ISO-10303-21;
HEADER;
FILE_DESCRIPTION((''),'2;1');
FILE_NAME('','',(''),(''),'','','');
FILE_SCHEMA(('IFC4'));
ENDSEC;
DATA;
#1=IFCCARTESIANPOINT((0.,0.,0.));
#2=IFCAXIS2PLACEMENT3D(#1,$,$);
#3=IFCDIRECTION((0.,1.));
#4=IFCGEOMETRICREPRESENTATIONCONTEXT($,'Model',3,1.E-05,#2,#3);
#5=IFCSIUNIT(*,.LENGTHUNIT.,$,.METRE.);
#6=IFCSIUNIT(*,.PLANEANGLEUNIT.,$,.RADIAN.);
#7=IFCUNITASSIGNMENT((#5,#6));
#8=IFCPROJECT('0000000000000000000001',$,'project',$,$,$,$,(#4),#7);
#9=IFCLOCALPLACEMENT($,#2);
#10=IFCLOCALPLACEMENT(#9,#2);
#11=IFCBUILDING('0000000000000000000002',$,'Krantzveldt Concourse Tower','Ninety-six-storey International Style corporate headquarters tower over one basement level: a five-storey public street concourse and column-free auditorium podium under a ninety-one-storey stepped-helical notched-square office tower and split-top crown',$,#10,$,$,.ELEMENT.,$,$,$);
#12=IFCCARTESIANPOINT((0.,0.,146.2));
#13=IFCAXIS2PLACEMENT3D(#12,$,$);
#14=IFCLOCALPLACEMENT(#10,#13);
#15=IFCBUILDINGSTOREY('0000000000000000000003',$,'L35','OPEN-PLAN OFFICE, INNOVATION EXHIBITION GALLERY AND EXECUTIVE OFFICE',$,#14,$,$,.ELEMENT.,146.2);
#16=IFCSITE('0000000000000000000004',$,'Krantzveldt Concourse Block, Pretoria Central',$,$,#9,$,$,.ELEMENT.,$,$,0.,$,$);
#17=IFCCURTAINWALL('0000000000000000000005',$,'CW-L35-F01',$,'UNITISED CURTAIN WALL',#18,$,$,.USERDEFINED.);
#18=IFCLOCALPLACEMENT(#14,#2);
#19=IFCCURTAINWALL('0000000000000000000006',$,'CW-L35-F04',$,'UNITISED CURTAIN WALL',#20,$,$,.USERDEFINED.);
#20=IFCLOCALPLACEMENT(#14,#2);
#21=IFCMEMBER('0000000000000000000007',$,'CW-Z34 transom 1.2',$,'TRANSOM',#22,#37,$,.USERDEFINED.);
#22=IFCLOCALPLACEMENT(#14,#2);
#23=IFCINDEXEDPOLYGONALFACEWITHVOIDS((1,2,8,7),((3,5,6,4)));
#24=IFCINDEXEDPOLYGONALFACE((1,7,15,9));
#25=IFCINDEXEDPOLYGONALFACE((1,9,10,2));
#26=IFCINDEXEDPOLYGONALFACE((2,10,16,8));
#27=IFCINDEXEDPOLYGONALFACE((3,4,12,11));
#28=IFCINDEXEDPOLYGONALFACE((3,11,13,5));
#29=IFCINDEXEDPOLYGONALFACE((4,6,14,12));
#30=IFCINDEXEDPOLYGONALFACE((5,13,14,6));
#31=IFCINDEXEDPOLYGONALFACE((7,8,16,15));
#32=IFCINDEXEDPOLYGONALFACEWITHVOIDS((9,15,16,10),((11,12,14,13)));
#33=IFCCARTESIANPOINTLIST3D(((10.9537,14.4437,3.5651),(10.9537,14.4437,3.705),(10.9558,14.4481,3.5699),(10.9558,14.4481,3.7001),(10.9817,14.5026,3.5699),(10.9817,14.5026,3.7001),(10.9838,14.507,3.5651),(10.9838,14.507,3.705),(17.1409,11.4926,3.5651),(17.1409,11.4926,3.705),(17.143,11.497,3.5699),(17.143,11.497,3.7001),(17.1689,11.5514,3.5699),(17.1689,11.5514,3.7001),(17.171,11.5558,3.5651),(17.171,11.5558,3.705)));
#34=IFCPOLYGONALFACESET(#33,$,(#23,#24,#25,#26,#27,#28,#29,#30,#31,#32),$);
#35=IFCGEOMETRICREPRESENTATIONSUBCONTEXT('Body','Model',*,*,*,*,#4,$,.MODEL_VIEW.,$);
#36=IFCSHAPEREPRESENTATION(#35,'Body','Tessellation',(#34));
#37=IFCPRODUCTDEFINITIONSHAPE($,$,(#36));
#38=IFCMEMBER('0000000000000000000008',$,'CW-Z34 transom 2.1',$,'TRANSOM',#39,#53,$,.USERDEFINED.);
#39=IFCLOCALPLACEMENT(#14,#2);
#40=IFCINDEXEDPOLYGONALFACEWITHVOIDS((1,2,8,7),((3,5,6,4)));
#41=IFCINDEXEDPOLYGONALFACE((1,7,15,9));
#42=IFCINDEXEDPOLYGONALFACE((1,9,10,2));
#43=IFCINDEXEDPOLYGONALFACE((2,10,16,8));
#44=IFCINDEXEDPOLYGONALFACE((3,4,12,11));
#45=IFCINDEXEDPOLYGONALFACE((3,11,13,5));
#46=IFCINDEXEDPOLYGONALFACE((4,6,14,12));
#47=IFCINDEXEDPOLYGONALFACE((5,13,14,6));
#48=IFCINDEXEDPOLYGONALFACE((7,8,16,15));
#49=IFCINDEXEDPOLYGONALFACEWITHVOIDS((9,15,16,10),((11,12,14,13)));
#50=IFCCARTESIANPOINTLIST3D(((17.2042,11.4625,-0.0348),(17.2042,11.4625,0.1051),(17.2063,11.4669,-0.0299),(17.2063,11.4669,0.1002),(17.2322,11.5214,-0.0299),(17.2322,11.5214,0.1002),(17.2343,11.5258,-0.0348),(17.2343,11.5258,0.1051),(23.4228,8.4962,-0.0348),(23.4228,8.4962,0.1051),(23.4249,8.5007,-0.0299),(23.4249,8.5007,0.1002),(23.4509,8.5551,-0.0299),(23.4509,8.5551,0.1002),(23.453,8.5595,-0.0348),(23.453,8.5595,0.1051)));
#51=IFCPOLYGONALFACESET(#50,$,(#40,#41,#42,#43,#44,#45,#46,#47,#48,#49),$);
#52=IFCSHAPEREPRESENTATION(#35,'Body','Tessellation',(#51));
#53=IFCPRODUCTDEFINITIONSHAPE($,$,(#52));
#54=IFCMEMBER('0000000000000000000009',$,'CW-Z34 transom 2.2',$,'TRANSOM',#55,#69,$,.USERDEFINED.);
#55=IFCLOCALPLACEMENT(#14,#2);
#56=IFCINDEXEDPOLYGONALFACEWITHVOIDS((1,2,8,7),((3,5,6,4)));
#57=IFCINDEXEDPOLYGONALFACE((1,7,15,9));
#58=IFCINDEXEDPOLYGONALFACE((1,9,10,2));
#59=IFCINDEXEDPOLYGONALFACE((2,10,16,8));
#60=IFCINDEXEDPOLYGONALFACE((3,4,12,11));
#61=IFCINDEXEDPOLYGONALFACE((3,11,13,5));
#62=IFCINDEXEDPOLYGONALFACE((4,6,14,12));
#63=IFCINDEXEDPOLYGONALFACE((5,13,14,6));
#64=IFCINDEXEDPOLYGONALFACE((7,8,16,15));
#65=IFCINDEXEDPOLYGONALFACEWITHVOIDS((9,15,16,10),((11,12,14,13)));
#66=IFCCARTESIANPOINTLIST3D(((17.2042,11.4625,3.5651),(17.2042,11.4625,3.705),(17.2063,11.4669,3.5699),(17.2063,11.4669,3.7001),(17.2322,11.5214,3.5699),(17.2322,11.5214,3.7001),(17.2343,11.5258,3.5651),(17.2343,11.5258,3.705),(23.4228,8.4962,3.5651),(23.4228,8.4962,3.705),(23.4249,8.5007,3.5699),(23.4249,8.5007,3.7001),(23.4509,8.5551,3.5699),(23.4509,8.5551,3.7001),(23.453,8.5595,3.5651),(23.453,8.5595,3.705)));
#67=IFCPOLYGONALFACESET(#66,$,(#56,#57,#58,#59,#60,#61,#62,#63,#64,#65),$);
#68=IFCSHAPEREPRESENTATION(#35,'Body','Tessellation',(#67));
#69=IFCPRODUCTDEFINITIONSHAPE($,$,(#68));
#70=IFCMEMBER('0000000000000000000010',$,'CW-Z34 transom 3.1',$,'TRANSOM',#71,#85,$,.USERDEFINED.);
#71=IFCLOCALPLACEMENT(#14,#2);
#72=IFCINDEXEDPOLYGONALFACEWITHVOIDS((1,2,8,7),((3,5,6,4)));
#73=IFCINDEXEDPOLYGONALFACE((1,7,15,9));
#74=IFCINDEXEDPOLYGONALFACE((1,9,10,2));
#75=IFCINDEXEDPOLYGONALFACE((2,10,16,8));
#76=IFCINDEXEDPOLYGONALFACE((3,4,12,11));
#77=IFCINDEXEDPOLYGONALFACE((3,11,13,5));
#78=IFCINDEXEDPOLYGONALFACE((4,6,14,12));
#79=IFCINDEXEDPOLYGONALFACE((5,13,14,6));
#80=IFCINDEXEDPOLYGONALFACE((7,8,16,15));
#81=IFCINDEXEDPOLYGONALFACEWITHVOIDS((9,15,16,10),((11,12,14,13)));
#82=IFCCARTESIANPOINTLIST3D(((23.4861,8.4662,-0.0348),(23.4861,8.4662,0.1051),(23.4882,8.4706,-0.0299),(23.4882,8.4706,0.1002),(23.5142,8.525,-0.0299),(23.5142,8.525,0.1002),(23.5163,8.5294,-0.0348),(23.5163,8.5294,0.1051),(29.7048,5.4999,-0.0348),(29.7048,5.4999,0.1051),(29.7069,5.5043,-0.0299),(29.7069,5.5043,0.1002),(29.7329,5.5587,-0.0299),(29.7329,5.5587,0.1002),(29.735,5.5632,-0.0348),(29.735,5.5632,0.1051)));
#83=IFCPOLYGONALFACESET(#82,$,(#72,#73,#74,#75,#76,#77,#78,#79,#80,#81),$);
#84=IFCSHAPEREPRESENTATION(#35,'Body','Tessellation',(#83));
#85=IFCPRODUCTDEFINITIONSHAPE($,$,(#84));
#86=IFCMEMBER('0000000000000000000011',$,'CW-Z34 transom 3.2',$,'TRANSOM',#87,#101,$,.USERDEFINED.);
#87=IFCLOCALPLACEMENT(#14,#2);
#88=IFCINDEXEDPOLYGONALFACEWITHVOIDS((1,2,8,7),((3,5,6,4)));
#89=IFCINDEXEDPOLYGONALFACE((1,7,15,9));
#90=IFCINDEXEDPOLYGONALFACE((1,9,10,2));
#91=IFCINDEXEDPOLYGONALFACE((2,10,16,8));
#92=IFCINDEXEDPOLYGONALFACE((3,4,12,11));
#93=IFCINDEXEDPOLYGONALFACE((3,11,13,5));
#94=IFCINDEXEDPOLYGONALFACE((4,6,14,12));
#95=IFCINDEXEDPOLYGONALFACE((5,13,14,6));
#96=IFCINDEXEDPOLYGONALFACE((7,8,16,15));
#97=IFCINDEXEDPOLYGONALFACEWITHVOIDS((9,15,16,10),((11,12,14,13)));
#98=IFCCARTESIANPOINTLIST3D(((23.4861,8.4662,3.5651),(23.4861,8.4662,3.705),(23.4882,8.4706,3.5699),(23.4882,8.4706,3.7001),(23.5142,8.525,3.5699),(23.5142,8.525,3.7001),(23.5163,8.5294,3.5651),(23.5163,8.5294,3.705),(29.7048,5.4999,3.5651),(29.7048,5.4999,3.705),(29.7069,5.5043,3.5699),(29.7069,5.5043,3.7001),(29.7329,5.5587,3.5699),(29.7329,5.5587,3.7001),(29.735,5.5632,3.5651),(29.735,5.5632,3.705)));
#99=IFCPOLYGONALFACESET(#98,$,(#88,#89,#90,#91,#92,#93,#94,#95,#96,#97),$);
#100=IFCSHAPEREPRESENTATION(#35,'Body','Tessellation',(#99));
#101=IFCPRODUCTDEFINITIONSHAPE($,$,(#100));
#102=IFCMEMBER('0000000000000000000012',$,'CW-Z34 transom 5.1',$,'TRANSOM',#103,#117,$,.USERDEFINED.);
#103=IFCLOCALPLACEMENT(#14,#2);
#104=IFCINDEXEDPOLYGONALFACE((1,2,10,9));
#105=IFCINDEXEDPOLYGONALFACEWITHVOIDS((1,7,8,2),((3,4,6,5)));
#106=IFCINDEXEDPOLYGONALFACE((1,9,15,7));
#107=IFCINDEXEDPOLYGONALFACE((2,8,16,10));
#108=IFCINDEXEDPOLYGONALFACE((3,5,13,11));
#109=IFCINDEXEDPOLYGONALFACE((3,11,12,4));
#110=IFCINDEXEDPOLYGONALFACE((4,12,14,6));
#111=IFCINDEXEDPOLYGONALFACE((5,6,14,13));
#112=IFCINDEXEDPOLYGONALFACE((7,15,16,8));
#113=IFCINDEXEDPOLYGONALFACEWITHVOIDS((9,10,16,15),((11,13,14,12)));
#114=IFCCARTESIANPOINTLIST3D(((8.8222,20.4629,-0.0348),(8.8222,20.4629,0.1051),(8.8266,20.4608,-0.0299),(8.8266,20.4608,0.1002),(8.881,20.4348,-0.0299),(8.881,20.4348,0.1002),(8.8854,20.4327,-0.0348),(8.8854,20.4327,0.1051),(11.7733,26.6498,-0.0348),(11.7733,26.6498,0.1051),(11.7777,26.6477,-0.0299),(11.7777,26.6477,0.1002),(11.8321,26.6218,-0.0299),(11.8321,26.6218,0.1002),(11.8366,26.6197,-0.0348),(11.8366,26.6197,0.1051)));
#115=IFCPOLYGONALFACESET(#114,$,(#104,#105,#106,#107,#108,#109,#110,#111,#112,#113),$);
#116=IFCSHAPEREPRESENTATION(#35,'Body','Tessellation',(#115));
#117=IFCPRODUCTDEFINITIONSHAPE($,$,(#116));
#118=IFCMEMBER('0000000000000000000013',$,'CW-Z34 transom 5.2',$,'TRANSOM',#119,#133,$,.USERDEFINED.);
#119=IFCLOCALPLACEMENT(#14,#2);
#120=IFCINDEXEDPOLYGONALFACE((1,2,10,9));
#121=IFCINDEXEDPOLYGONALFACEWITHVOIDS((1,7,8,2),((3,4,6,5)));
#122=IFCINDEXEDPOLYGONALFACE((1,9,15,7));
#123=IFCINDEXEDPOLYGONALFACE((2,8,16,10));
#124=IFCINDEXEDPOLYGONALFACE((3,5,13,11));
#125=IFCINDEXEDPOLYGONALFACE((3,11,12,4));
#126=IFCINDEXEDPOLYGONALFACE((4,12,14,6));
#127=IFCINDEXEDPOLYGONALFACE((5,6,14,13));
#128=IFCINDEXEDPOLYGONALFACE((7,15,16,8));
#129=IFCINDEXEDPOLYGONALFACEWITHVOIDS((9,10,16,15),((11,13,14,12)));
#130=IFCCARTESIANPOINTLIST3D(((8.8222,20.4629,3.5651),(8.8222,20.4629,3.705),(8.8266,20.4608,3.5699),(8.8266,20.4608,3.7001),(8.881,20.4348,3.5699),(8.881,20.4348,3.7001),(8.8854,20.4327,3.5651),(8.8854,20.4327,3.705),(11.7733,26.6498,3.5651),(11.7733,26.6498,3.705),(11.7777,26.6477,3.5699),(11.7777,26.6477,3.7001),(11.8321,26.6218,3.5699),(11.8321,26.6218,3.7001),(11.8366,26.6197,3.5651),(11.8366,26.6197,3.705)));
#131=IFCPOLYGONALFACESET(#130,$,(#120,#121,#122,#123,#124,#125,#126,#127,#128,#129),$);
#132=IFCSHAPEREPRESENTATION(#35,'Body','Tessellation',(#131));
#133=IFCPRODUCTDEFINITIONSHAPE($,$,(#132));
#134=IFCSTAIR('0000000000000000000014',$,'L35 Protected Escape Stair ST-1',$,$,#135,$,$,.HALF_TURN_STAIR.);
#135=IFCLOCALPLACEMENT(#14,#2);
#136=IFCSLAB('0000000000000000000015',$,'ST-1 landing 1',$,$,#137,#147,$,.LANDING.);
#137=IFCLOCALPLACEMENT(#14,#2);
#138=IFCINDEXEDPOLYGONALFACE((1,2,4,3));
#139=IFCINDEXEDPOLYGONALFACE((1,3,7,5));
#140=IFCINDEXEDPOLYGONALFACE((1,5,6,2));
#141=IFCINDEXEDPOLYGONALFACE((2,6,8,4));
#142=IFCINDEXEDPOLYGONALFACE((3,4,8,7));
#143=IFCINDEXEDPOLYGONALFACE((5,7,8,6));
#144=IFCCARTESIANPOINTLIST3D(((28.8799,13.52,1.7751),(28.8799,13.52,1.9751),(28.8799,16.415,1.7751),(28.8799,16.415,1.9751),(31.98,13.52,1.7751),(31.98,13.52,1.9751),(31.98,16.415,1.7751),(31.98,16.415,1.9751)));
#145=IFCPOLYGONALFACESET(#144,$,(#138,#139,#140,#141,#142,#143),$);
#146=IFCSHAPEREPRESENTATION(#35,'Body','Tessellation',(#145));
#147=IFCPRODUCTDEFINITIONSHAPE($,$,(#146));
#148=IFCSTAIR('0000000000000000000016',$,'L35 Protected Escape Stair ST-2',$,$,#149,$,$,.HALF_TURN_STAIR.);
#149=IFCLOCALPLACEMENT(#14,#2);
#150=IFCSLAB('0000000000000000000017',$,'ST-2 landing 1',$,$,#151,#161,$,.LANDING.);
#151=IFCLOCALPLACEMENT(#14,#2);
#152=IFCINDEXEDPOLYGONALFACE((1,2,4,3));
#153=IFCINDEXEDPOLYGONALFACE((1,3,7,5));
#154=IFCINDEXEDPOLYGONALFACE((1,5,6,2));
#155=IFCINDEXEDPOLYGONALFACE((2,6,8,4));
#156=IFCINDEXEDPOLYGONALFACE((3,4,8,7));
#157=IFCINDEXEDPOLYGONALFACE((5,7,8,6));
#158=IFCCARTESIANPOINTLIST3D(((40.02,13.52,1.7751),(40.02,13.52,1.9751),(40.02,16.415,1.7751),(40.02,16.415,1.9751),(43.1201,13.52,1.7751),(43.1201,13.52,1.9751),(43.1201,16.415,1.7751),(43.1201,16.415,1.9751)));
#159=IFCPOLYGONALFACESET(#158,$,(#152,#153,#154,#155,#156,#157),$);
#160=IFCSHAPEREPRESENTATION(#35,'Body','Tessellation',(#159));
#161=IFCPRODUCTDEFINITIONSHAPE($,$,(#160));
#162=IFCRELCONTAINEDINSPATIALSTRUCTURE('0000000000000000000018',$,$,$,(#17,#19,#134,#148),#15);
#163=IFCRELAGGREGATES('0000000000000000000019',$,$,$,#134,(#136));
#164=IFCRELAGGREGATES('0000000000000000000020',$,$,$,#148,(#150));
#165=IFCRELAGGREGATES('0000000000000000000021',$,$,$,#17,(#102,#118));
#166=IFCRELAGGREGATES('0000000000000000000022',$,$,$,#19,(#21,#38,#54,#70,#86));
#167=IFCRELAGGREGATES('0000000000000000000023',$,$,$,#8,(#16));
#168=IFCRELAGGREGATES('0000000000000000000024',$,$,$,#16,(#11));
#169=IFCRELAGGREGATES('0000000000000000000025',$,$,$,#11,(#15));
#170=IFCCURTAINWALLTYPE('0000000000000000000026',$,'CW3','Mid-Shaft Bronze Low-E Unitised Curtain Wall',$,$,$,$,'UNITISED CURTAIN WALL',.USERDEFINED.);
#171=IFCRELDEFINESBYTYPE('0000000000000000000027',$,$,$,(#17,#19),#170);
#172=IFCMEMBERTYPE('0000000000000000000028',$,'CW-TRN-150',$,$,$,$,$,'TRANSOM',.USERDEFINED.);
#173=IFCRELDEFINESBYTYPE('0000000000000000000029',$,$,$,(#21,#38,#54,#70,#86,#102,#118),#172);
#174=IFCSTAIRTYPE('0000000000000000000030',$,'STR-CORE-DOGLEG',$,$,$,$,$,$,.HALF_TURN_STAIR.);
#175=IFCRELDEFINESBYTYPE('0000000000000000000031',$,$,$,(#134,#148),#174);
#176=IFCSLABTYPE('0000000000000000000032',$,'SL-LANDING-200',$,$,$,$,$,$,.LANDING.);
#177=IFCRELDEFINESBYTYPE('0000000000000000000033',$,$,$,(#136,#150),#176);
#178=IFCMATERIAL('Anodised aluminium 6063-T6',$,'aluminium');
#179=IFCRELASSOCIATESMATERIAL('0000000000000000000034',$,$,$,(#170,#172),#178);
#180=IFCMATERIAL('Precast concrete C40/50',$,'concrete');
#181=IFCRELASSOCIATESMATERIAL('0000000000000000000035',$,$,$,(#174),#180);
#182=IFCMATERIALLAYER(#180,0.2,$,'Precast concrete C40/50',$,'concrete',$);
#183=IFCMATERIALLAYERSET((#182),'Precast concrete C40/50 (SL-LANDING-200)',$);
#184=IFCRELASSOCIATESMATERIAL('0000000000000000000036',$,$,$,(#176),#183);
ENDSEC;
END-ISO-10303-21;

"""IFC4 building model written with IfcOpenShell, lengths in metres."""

from ifc_helpers import new_model, si_unit, direction, frame, origin, origin_2d, place, context, subcontext, project, spatial, polyline, hollow_rectangle, outline, extrude, source, transform, mapped, material, layer, layer_set, material_profile, profile_set, type_object, type_shapes, element, aggregate, save


model = new_model("IFC4")

# Units and contexts
model_context = context("Model", 3, precision=1e-05, world=origin(), true_north=direction((0.0, 1.0)))
body_context = subcontext(model_context, "Body", "Model", "MODEL_VIEW")
ifc_project = project(units=[si_unit("LENGTHUNIT", "METRE"), si_unit("PLANEANGLEUNIT", "RADIAN")], contexts=[model_context])

# Site, building, storey
site_placement = place(None, origin())
site = spatial("IfcSite", under=ifc_project, at=site_placement, Name="Krantzveldt Concourse Block, Pretoria Central", CompositionType="ELEMENT", RefElevation=0.0)
building_placement = place(site_placement, origin())
building = spatial("IfcBuilding", under=site, at=building_placement, Name="Krantzveldt Concourse Tower", Description="Ninety-six-storey International Style corporate headquarters tower over one basement level: a five-storey public street concourse and column-free auditorium podium under a ninety-one-storey stepped-helical notched-square office tower and split-top crown", CompositionType="ELEMENT")
storey_placement = place(building_placement, frame((0.0, 0.0, 146.2)))
storey = spatial("IfcBuildingStorey", under=building, at=storey_placement, Name="L35", Description="OPEN-PLAN OFFICE, INNOVATION EXHIBITION GALLERY AND EXECUTIVE OFFICE", CompositionType="ELEMENT", Elevation=146.2)

# Curtain wall
ifc_material_1 = material(Name="Anodised aluminium 6063-T6", Category="aluminium")
curtain_wall_type = type_object("IfcCurtainWallType", Name="CW3", Description="Mid-Shaft Bronze Low-E Unitised Curtain Wall", ElementType="UNITISED CURTAIN WALL", PredefinedType="USERDEFINED", material=ifc_material_1)
curtain_wall_1_placement = place(storey_placement, origin())
curtain_wall_1 = element("IfcCurtainWall", 1, at=curtain_wall_1_placement, inside=storey, type_object=curtain_wall_type, Name="CW-L35-F01", ObjectType="UNITISED CURTAIN WALL", PredefinedType="USERDEFINED")

# Curtain wall, members
curtain_wall_2_placement = place(storey_placement, origin())
curtain_wall_2 = element("IfcCurtainWall", 2, at=curtain_wall_2_placement, inside=storey, type_object=curtain_wall_type, Name="CW-L35-F04", ObjectType="UNITISED CURTAIN WALL", PredefinedType="USERDEFINED")
ifc_material_profile_1 = material_profile(ifc_material_1, hollow_rectangle(XDim=0.0701, YDim=0.1399, WallThickness=0.0049, at=origin_2d()), Name="Anodised aluminium 6063-T6", Category="aluminium")
ifc_profile_set_1 = profile_set([ifc_material_profile_1], Name="Anodised aluminium 6063-T6 - ALU-TRAN 140x70x5")
member_type_1 = type_object("IfcMemberType", Name="CW-TRN-150", ElementType="TRANSOM", PredefinedType="USERDEFINED", material=ifc_profile_set_1)
shared_shape_1 = source(origin(), body_context, "Body", "SweptSolid", [
    extrude(hollow_rectangle(XDim=0.0701, YDim=0.1399, WallThickness=0.0049, at=origin_2d()), origin(), (0.0, 0.0, 1.0), 6.855),
])
member_1_placement = place(storey_placement, frame((10.9688, 14.4753, 3.635), z_axis=(0.902585, -0.430511, 0.0), x_axis=(0.430511, 0.902585, 0.0)))
member_1 = element("IfcMember", 3, at=member_1_placement, type_object=member_type_1, Name="CW-Z34 transom 1.2", ObjectType="TRANSOM", PredefinedType="USERDEFINED", context=body_context, shape_type="MappedRepresentation", body=[
    mapped(shared_shape_1, transform((0.0, 0.0, 0.0), x_axis=(1.0, 0.0, 0.0), y_axis=(0.0, 1.0, 0.0), z_axis=(0.0, 0.0, 1.0), scale=1.0)),
])
shared_shape_2 = source(origin(), body_context, "Body", "SweptSolid", [
    extrude(hollow_rectangle(XDim=0.0701, YDim=0.1399, WallThickness=0.0049, at=origin_2d()), origin(), (0.0, 0.0, 1.0), 6.8899),
])
member_2_placement = place(storey_placement, frame((17.2192, 11.4941, 0.0352), z_axis=(0.902579, -0.430525, 0.0), x_axis=(0.430525, 0.902579, 0.0)))
member_2 = element("IfcMember", 4, at=member_2_placement, type_object=member_type_1, Name="CW-Z34 transom 2.1", ObjectType="TRANSOM", PredefinedType="USERDEFINED", context=body_context, shape_type="MappedRepresentation", body=[
    mapped(shared_shape_2, transform((0.0, 0.0, 0.0), x_axis=(1.0, 0.0, 0.0), y_axis=(0.0, 1.0, 0.0), z_axis=(0.0, 0.0, 1.0), scale=1.0)),
])
member_3_placement = place(storey_placement, frame((17.2192, 11.4941, 3.635), z_axis=(0.902579, -0.430525, 0.0), x_axis=(0.430525, 0.902579, 0.0)))
member_3 = element("IfcMember", 5, at=member_3_placement, type_object=member_type_1, Name="CW-Z34 transom 2.2", ObjectType="TRANSOM", PredefinedType="USERDEFINED", context=body_context, shape_type="MappedRepresentation", body=[
    mapped(shared_shape_2, transform((0.0, 0.0, 0.0), x_axis=(1.0, 0.0, 0.0), y_axis=(0.0, 1.0, 0.0), z_axis=(0.0, 0.0, 1.0), scale=1.0)),
])
member_4_placement = place(storey_placement, frame((23.5012, 8.4978, 0.0352), z_axis=(0.902579, -0.430525, 0.0), x_axis=(0.430525, 0.902579, 0.0)))
member_4 = element("IfcMember", 6, at=member_4_placement, type_object=member_type_1, Name="CW-Z34 transom 3.1", ObjectType="TRANSOM", PredefinedType="USERDEFINED", context=body_context, shape_type="MappedRepresentation", body=[
    mapped(shared_shape_2, transform((0.0, 0.0, 0.0), x_axis=(1.0, 0.0, 0.0), y_axis=(0.0, 1.0, 0.0), z_axis=(0.0, 0.0, 1.0), scale=1.0)),
])
member_5_placement = place(storey_placement, frame((23.5012, 8.4978, 3.635), z_axis=(0.902579, -0.430525, 0.0), x_axis=(0.430525, 0.902579, 0.0)))
member_5 = element("IfcMember", 7, at=member_5_placement, type_object=member_type_1, Name="CW-Z34 transom 3.2", ObjectType="TRANSOM", PredefinedType="USERDEFINED", context=body_context, shape_type="MappedRepresentation", body=[
    mapped(shared_shape_2, transform((0.0, 0.0, 0.0), x_axis=(1.0, 0.0, 0.0), y_axis=(0.0, 1.0, 0.0), z_axis=(0.0, 0.0, 1.0), scale=1.0)),
])

# Members
shared_shape_3 = source(origin(), body_context, "Body", "SweptSolid", [
    extrude(hollow_rectangle(XDim=0.0701, YDim=0.1399, WallThickness=0.0049, at=origin_2d()), origin(), (0.0, 0.0, 1.0), 6.8547),
])
type_shapes(member_type_1, [shared_shape_1, shared_shape_2, shared_shape_3])
member_6_placement = place(storey_placement, frame((11.8049, 26.6348, 0.0352), z_axis=(-0.430525, -0.902579, 0.0), x_axis=(0.902579, -0.430525, 0.0)))
member_6 = element("IfcMember", 8, at=member_6_placement, type_object=member_type_1, Name="CW-Z34 transom 5.1", ObjectType="TRANSOM", PredefinedType="USERDEFINED", context=body_context, shape_type="MappedRepresentation", body=[
    mapped(shared_shape_3, transform((0.0, 0.0, 0.0), x_axis=(1.0, 0.0, 0.0), y_axis=(0.0, 1.0, 0.0), z_axis=(0.0, 0.0, 1.0), scale=1.0)),
])
member_7_placement = place(storey_placement, frame((11.8049, 26.6348, 3.635), z_axis=(-0.430525, -0.902579, 0.0), x_axis=(0.902579, -0.430525, 0.0)))
member_7 = element("IfcMember", 9, at=member_7_placement, type_object=member_type_1, Name="CW-Z34 transom 5.2", ObjectType="TRANSOM", PredefinedType="USERDEFINED", context=body_context, shape_type="MappedRepresentation", body=[
    mapped(shared_shape_3, transform((0.0, 0.0, 0.0), x_axis=(1.0, 0.0, 0.0), y_axis=(0.0, 1.0, 0.0), z_axis=(0.0, 0.0, 1.0), scale=1.0)),
])

# Stairs, slabs
ifc_material_2 = material(Name="Precast concrete C40/50", Category="concrete")
stair_type = type_object("IfcStairType", Name="STR-CORE-DOGLEG", PredefinedType="HALF_TURN_STAIR", material=ifc_material_2)
stair_1_placement = place(storey_placement, origin())
stair_1 = element("IfcStair", 10, at=stair_1_placement, inside=storey, type_object=stair_type, Name="L35 Protected Escape Stair ST-1", PredefinedType="HALF_TURN_STAIR")
ifc_layer_1 = layer(ifc_material_2, 0.2, Name="Precast concrete C40/50", Category="concrete")
ifc_layer_set_1 = layer_set([ifc_layer_1], Name="Precast concrete C40/50 (SL-LANDING-200)")
slab_type_1 = type_object("IfcSlabType", Name="SL-LANDING-200", PredefinedType="LANDING", material=ifc_layer_set_1)
slab_1_placement = place(storey_placement, frame((0.0, 0.0, 1.7751)))
slab_1 = element("IfcSlab", 11, at=slab_1_placement, type_object=slab_type_1, Name="ST-1 landing 1", PredefinedType="LANDING", context=body_context, shape_type="SweptSolid", body=[
    extrude(outline(polyline([(28.8799, 16.415), (28.8799, 13.52), (31.98, 13.52), (31.98, 16.415), (28.8799, 16.415)])), origin(), (0.0, 0.0, 1.0), 0.2),
])
aggregate(stair_1, [slab_1])
stair_2_placement = place(storey_placement, origin())
stair_2 = element("IfcStair", 12, at=stair_2_placement, inside=storey, type_object=stair_type, Name="L35 Protected Escape Stair ST-2", PredefinedType="HALF_TURN_STAIR")
slab_2_placement = place(storey_placement, frame((0.0, 0.0, 1.7751)))
slab_2 = element("IfcSlab", 13, at=slab_2_placement, type_object=slab_type_1, Name="ST-2 landing 1", PredefinedType="LANDING", context=body_context, shape_type="SweptSolid", body=[
    extrude(outline(polyline([(40.02, 16.415), (40.02, 13.52), (43.1201, 13.52), (43.1201, 16.415), (40.02, 16.415)])), origin(), (0.0, 0.0, 1.0), 0.2),
])
aggregate(stair_2, [slab_2])

aggregate(curtain_wall_1, [member_6, member_7])
aggregate(curtain_wall_2, [member_1, member_2, member_3, member_4, member_5])

save(model, "model.ifc")
